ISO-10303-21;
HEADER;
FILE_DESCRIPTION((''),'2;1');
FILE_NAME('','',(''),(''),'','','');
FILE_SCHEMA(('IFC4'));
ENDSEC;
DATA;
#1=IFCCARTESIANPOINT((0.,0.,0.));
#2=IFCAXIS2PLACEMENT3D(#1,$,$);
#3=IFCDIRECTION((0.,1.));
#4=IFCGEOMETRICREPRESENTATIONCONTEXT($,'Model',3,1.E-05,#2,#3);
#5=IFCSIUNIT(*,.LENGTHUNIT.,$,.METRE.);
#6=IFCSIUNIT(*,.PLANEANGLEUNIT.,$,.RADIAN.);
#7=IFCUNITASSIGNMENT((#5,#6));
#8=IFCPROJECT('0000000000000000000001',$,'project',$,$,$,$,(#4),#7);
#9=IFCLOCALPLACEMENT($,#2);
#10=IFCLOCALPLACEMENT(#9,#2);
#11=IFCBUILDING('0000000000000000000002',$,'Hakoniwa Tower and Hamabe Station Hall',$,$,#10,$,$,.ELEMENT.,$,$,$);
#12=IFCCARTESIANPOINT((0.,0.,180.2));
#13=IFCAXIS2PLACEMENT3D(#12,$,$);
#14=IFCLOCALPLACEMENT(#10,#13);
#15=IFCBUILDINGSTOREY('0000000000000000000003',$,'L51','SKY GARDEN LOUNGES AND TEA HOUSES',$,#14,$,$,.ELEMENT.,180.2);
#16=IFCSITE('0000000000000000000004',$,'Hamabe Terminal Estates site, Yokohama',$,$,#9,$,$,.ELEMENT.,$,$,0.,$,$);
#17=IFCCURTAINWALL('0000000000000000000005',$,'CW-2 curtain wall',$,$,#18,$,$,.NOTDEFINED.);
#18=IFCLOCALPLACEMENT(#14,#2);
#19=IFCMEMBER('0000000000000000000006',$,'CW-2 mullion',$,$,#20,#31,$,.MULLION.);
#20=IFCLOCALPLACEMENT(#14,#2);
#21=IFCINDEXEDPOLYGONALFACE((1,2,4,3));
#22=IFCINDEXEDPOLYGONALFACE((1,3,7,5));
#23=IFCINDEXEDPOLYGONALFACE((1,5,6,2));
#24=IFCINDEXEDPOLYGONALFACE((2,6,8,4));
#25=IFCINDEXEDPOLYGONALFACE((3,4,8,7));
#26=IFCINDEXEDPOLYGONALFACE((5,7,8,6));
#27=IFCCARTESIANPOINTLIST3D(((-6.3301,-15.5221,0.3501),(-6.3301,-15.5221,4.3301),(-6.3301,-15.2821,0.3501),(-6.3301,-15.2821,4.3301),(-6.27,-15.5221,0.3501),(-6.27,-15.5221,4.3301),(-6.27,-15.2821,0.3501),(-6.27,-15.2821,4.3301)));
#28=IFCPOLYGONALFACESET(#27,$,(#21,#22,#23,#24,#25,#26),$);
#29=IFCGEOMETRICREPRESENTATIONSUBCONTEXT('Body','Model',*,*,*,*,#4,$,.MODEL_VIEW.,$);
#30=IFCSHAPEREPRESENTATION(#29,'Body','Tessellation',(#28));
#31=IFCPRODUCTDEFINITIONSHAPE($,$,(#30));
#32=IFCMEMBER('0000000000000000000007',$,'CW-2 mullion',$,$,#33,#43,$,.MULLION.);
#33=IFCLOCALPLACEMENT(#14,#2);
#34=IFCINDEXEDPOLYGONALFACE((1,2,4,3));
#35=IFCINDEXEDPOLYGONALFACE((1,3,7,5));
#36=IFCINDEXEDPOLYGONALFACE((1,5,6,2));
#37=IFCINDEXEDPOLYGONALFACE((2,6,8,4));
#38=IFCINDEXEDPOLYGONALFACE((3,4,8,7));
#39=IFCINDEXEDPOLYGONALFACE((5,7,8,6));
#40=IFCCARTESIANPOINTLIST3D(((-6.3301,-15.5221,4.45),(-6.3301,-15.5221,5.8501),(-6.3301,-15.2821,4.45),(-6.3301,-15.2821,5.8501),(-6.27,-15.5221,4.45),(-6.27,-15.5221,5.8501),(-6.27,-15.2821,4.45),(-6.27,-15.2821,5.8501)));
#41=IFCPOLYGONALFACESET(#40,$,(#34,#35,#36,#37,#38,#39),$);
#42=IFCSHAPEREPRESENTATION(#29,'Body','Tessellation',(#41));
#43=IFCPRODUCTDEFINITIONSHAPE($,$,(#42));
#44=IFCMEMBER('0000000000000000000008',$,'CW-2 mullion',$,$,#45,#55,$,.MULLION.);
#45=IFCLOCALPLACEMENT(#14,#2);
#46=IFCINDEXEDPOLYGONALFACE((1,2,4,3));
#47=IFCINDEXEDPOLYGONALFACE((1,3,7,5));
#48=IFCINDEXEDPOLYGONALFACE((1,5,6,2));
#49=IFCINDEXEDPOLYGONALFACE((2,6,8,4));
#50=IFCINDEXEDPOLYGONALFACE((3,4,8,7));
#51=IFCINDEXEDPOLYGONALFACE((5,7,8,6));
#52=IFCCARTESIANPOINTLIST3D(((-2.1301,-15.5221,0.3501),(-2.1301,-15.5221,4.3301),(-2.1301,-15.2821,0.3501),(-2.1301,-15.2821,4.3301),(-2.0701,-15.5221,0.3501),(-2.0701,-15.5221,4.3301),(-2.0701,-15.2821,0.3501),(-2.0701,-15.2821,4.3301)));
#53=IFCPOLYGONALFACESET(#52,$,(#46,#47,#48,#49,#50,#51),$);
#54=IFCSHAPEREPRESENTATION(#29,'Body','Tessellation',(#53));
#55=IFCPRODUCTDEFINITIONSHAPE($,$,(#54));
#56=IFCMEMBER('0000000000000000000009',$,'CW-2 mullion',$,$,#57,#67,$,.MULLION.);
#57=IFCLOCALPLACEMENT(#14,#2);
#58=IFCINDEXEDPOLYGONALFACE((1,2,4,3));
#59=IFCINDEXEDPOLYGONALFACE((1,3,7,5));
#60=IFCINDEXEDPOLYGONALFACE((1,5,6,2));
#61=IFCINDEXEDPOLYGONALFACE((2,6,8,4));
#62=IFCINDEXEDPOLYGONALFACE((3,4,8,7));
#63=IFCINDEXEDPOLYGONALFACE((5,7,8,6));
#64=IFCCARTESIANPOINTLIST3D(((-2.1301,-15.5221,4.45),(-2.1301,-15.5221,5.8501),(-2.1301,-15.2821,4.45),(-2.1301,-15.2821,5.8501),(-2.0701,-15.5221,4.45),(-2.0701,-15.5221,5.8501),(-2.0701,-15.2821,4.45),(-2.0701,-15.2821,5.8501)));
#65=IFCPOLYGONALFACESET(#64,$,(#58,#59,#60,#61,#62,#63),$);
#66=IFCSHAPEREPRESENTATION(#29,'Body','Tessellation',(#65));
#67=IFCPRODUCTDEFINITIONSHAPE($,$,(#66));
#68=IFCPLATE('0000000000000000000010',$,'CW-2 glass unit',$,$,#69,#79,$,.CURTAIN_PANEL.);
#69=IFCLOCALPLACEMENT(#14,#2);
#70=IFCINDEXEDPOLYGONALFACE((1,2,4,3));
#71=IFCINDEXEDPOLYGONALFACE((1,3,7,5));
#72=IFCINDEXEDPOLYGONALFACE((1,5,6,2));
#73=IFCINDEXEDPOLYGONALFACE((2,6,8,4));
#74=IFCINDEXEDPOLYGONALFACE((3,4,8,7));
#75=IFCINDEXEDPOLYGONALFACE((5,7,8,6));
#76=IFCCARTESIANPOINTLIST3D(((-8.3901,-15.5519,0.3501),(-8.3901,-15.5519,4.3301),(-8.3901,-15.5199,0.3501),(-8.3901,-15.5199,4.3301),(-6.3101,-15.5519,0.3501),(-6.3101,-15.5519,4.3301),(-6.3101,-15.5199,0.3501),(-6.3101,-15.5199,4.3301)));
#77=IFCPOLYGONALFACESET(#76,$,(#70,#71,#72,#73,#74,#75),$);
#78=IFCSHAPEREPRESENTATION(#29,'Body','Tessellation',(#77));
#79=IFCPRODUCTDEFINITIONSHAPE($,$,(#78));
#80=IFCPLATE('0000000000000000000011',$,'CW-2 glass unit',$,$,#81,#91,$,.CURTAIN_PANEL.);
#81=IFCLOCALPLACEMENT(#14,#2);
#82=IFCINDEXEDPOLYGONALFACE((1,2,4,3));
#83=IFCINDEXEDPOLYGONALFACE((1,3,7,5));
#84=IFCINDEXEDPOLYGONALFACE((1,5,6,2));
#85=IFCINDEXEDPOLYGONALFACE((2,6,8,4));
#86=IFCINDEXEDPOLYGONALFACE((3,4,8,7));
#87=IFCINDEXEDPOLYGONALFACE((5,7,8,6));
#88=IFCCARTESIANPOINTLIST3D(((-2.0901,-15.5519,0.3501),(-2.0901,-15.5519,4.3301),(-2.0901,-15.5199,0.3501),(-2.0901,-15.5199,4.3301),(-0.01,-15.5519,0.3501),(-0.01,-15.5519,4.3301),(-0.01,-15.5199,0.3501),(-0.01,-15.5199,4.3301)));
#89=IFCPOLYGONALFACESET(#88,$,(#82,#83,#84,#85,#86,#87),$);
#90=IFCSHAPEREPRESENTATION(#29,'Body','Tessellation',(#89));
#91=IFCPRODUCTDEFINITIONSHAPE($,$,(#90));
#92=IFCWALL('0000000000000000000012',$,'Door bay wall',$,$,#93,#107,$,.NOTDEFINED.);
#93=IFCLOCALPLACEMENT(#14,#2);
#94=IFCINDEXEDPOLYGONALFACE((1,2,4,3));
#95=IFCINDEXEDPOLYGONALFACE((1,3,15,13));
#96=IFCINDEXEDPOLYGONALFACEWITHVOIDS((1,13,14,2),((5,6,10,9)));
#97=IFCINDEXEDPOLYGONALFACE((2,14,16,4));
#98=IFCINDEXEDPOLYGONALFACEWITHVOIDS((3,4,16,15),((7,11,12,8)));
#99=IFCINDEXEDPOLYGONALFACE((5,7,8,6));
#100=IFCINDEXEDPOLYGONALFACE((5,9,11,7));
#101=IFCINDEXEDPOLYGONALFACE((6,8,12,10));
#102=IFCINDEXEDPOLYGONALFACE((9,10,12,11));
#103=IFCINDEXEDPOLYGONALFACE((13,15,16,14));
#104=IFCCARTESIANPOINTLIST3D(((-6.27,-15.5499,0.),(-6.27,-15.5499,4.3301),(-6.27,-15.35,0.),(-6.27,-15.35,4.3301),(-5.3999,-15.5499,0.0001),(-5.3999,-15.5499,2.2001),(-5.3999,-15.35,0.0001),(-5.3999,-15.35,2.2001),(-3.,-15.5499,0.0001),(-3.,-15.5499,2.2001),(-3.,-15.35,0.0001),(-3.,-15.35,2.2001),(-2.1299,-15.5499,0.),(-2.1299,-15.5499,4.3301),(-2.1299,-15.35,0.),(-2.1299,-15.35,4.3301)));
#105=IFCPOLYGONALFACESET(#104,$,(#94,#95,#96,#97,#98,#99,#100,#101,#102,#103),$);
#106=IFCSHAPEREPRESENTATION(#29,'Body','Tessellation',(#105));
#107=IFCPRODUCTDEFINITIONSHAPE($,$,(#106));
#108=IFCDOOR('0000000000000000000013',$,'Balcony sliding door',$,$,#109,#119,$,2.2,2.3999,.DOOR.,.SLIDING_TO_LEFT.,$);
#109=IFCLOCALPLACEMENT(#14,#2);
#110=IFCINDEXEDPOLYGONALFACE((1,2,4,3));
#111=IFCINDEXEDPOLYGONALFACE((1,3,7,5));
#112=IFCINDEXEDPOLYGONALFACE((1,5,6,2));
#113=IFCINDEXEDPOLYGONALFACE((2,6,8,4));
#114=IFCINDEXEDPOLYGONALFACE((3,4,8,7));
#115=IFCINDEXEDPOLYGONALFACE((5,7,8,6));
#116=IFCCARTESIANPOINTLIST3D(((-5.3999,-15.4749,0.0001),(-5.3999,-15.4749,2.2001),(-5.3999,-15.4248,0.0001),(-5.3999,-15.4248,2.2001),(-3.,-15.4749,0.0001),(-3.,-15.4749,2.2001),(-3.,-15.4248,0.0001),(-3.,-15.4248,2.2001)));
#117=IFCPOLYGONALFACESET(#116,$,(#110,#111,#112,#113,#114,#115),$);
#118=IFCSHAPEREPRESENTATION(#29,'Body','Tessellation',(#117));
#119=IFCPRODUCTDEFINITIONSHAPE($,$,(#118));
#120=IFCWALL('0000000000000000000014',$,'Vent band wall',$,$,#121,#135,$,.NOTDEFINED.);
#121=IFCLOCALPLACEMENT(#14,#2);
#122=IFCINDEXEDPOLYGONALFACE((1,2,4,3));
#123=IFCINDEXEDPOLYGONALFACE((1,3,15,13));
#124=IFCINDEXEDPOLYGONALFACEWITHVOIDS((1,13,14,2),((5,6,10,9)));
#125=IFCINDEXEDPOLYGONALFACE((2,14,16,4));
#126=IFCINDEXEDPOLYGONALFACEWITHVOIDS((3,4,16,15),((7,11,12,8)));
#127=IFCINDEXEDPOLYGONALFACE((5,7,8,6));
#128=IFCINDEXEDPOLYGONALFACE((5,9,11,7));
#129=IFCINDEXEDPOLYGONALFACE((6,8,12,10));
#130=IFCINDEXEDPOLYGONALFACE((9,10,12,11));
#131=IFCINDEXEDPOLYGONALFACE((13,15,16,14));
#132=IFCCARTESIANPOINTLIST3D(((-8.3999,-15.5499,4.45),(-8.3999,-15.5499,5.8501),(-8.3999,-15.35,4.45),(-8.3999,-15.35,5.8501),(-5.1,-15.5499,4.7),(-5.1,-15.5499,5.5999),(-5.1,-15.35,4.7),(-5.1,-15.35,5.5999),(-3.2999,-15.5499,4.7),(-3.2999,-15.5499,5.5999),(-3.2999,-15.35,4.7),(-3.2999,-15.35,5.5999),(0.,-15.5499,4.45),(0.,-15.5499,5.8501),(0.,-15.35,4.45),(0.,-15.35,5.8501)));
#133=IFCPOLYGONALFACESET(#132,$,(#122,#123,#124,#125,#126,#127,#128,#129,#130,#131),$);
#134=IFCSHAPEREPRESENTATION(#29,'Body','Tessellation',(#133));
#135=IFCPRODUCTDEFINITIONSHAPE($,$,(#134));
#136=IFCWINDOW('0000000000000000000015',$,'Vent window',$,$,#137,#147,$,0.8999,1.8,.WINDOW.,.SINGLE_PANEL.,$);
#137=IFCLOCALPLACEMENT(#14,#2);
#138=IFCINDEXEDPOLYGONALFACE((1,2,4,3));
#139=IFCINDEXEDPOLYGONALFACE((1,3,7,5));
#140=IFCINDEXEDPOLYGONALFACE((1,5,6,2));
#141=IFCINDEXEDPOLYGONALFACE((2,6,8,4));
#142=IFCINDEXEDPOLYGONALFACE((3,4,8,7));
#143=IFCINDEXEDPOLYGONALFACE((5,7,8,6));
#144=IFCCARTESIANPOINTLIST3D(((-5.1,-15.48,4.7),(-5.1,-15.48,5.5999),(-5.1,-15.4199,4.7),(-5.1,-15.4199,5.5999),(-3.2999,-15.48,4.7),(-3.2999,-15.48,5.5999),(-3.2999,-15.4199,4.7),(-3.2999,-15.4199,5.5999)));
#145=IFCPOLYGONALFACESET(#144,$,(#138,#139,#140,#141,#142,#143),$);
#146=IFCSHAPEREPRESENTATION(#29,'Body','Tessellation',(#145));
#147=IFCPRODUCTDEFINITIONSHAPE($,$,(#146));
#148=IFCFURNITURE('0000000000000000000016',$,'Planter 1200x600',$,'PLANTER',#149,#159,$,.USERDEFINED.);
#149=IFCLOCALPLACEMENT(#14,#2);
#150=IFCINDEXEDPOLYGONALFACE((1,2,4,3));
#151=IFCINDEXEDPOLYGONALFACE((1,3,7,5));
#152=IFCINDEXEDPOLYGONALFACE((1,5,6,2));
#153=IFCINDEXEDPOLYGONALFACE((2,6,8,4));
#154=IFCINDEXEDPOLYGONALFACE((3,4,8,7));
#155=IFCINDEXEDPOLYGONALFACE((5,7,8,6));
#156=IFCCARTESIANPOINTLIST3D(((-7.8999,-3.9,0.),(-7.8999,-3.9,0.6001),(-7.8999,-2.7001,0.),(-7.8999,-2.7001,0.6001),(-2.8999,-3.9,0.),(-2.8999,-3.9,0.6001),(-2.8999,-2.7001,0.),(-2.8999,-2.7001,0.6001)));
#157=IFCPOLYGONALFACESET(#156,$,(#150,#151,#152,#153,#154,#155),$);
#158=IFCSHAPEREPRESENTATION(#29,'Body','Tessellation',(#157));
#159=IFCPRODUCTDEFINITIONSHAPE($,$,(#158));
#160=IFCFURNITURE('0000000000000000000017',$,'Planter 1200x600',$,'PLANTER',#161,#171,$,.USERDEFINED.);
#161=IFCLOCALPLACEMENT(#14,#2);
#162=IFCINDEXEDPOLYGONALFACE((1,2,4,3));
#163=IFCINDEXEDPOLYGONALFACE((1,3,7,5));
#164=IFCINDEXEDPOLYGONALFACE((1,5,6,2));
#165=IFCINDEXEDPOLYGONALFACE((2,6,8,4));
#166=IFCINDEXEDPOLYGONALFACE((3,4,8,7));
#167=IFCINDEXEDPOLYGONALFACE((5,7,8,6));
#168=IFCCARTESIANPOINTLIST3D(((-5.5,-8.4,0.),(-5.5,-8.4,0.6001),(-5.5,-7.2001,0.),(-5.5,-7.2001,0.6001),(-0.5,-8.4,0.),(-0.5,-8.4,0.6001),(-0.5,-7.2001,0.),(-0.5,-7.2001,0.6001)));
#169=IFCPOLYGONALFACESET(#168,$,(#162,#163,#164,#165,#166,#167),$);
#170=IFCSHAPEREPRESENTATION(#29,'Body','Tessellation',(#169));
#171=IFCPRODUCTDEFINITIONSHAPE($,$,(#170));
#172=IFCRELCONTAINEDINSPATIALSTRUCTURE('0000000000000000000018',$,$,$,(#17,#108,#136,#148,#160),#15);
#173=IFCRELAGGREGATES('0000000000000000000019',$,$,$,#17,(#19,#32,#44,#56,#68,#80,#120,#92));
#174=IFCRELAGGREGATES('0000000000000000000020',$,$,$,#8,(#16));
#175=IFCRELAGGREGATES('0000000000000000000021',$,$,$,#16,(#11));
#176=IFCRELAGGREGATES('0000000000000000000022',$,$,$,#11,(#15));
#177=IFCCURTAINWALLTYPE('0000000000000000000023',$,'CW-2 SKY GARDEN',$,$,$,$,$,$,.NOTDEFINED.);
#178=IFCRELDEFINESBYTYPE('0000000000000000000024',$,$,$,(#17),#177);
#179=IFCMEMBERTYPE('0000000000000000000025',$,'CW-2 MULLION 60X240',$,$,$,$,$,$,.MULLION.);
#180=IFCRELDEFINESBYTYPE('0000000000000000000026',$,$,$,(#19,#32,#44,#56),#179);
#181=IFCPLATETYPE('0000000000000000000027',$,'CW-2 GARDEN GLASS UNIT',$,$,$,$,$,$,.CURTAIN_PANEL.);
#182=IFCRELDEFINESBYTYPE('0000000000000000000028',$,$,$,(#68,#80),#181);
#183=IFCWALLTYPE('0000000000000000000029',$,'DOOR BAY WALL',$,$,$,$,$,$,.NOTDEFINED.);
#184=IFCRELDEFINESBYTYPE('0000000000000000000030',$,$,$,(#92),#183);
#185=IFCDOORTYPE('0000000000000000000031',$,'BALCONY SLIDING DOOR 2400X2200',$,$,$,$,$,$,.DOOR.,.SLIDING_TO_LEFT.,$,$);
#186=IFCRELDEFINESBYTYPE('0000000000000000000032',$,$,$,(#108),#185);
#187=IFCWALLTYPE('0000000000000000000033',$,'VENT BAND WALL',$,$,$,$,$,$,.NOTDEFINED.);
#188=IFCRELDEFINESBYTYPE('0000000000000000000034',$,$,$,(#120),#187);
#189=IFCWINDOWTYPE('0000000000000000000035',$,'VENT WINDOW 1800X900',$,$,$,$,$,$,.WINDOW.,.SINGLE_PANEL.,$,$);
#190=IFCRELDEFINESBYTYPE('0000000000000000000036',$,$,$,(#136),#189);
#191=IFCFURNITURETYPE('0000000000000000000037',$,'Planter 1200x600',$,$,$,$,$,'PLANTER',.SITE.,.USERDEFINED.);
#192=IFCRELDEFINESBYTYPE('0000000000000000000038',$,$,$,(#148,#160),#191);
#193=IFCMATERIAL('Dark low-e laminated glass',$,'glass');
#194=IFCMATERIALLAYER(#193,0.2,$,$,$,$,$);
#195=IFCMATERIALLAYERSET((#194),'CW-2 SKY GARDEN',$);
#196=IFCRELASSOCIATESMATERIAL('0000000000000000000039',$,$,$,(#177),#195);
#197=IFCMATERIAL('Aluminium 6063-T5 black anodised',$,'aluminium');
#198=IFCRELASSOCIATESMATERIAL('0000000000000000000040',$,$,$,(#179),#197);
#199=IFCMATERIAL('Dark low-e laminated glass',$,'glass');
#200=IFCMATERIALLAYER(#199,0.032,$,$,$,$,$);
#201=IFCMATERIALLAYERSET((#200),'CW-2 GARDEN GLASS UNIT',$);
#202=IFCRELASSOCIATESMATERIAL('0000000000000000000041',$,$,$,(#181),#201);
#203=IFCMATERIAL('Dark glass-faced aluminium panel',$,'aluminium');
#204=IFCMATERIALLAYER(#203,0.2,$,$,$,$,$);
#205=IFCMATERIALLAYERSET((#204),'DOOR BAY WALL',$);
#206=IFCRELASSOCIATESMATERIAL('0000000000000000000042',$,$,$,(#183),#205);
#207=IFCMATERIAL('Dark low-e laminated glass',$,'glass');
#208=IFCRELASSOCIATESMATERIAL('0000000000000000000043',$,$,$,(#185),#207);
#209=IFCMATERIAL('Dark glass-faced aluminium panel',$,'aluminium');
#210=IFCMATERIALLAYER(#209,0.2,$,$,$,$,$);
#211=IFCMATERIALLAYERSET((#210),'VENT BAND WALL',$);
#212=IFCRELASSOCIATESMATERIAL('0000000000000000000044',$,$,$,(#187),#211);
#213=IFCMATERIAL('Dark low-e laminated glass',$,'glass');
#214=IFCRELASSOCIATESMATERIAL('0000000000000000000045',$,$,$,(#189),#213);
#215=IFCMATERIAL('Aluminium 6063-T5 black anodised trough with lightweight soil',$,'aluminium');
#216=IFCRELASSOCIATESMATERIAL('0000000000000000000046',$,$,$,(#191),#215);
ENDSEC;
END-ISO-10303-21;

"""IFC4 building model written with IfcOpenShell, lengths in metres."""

from ifc_helpers import new_model, si_unit, direction, frame, frame_2d, origin, origin_2d, place, context, subcontext, project, spatial, rectangle, extrude, material, layer, layer_set, material_profile, profile_set, type_object, element, fill, aggregate, save


model = new_model("IFC4")

# Units and contexts
model_context = context("Model", 3, precision=1e-05, world=origin(), true_north=direction((0.0, 1.0)))
body_context = subcontext(model_context, "Body", "Model", "MODEL_VIEW")
ifc_project = project(units=[si_unit("LENGTHUNIT", "METRE"), si_unit("PLANEANGLEUNIT", "RADIAN")], contexts=[model_context])

# Site, building, storey
site_placement = place(None, origin())
site = spatial("IfcSite", under=ifc_project, at=site_placement, Name="Hamabe Terminal Estates site, Yokohama", CompositionType="ELEMENT", RefElevation=0.0)
building_placement = place(site_placement, origin())
building = spatial("IfcBuilding", under=site, at=building_placement, Name="Hakoniwa Tower and Hamabe Station Hall", CompositionType="ELEMENT")
storey_placement = place(building_placement, frame((0.0, 0.0, 180.2)))
storey = spatial("IfcBuildingStorey", under=building, at=storey_placement, Name="L51", Description="SKY GARDEN LOUNGES AND TEA HOUSES", CompositionType="ELEMENT", Elevation=180.2)

# Curtain wall, members, plates, walls, openings, door, window
ifc_material_1 = material(Name="Dark low-e laminated glass", Category="glass")
ifc_layer_1 = layer(ifc_material_1, 0.2)
ifc_layer_set_1 = layer_set([ifc_layer_1], Name="CW-2 SKY GARDEN")
curtain_wall_type = type_object("IfcCurtainWallType", Name="CW-2 SKY GARDEN", PredefinedType="NOTDEFINED", material=ifc_layer_set_1)
curtain_wall_placement = place(storey_placement, origin())
curtain_wall = element("IfcCurtainWall", 1, at=curtain_wall_placement, inside=storey, type_object=curtain_wall_type, Name="CW-2 curtain wall", PredefinedType="NOTDEFINED")
ifc_material_2 = material(Name="Aluminium 6063-T5 black anodised", Category="aluminium")
ifc_material_profile_1 = material_profile(ifc_material_2, rectangle(XDim=0.0601, YDim=0.24, at=origin_2d()), Name="CW-2 MULLION 60X240")
ifc_profile_set_1 = profile_set([ifc_material_profile_1], Name="Aluminium 6063-T5 black anodised")
member_type_1 = type_object("IfcMemberType", Name="CW-2 MULLION 60X240", PredefinedType="MULLION", material=ifc_profile_set_1)
member_1_placement = place(storey_placement, frame((-6.3, -15.4021, 0.3501), z_axis=(0.0, 0.0, 1.0), x_axis=(1.0, 0.0, 0.0)))
member_1 = element("IfcMember", 2, at=member_1_placement, type_object=member_type_1, Name="CW-2 mullion", PredefinedType="MULLION", context=body_context, shape_type="SweptSolid", body=[
    extrude(rectangle(XDim=0.0601, YDim=0.24, at=origin_2d()), origin(), (0.0, 0.0, 1.0), 3.98),
])
member_2_placement = place(storey_placement, frame((-6.3, -15.4021, 4.45), z_axis=(0.0, 0.0, 1.0), x_axis=(1.0, 0.0, 0.0)))
member_2 = element("IfcMember", 3, at=member_2_placement, type_object=member_type_1, Name="CW-2 mullion", PredefinedType="MULLION", context=body_context, shape_type="SweptSolid", body=[
    extrude(rectangle(XDim=0.0601, YDim=0.24, at=origin_2d()), origin(), (0.0, 0.0, 1.0), 1.4001),
])
member_3_placement = place(storey_placement, frame((-2.1001, -15.4021, 0.3501), z_axis=(0.0, 0.0, 1.0), x_axis=(1.0, 0.0, 0.0)))
member_3 = element("IfcMember", 4, at=member_3_placement, type_object=member_type_1, Name="CW-2 mullion", PredefinedType="MULLION", context=body_context, shape_type="SweptSolid", body=[
    extrude(rectangle(XDim=0.0601, YDim=0.24, at=origin_2d()), origin(), (0.0, 0.0, 1.0), 3.98),
])
member_4_placement = place(storey_placement, frame((-2.1001, -15.4021, 4.45), z_axis=(0.0, 0.0, 1.0), x_axis=(1.0, 0.0, 0.0)))
member_4 = element("IfcMember", 5, at=member_4_placement, type_object=member_type_1, Name="CW-2 mullion", PredefinedType="MULLION", context=body_context, shape_type="SweptSolid", body=[
    extrude(rectangle(XDim=0.0601, YDim=0.24, at=origin_2d()), origin(), (0.0, 0.0, 1.0), 1.4001),
])
ifc_material_3 = material(Name="Dark low-e laminated glass", Category="glass")
ifc_layer_2 = layer(ifc_material_3, 0.032)
ifc_layer_set_2 = layer_set([ifc_layer_2], Name="CW-2 GARDEN GLASS UNIT")
plate_type = type_object("IfcPlateType", Name="CW-2 GARDEN GLASS UNIT", PredefinedType="CURTAIN_PANEL", material=ifc_layer_set_2)
plate_1_placement = place(storey_placement, frame((-7.3501, -15.5359, 0.3501), z_axis=(0.0, 0.0, 1.0), x_axis=(1.0, 0.0, 0.0)))
plate_1 = element("IfcPlate", 6, at=plate_1_placement, type_object=plate_type, Name="CW-2 glass unit", PredefinedType="CURTAIN_PANEL", context=body_context, shape_type="SweptSolid", body=[
    extrude(rectangle(XDim=2.0801, YDim=0.032, at=origin_2d()), origin(), (0.0, 0.0, 1.0), 3.98),
])
plate_2_placement = place(storey_placement, frame((-1.05, -15.5359, 0.3501), z_axis=(0.0, 0.0, 1.0), x_axis=(1.0, 0.0, 0.0)))
plate_2 = element("IfcPlate", 7, at=plate_2_placement, type_object=plate_type, Name="CW-2 glass unit", PredefinedType="CURTAIN_PANEL", context=body_context, shape_type="SweptSolid", body=[
    extrude(rectangle(XDim=2.0801, YDim=0.032, at=origin_2d()), origin(), (0.0, 0.0, 1.0), 3.98),
])
ifc_material_4 = material(Name="Dark glass-faced aluminium panel", Category="aluminium")
ifc_layer_3 = layer(ifc_material_4, 0.2)
ifc_layer_set_3 = layer_set([ifc_layer_3], Name="DOOR BAY WALL")
wall_type_1 = type_object("IfcWallType", Name="DOOR BAY WALL", PredefinedType="NOTDEFINED", material=ifc_layer_set_3)
wall_1_placement = place(storey_placement, frame((-6.27, -15.45, 0.0), z_axis=(0.0, 0.0, 1.0), x_axis=(1.0, 0.0, 0.0)))
wall_1 = element("IfcWall", 8, at=wall_1_placement, type_object=wall_type_1, Name="Door bay wall", PredefinedType="NOTDEFINED", context=body_context, shape_type="SweptSolid", body=[
    extrude(rectangle(XDim=4.1401, YDim=0.2, at=frame_2d((2.0701, 0.0))), origin(), (0.0, 0.0, 1.0), 4.3301),
])
opening_1_placement = place(wall_1_placement, frame((0.8701, 0.0, 0.0)))
opening_1 = element("IfcOpeningElement", 9, at=opening_1_placement, cuts=wall_1, PredefinedType="OPENING", context=body_context, shape_type="SweptSolid", body=[
    extrude(rectangle(XDim=2.3999, YDim=2.2, at=frame_2d((1.2, 1.1001))), frame((0.0, 0.1099, 0.0), z_axis=(0.0, -1.0, 0.0), x_axis=(1.0, 0.0, 0.0)), (0.0, 0.0, 1.0), 0.22),
])
ifc_material_5 = material(Name="Dark low-e laminated glass", Category="glass")
door_type = type_object("IfcDoorType", Name="BALCONY SLIDING DOOR 2400X2200", OperationType="SLIDING_TO_LEFT", PredefinedType="DOOR", material=ifc_material_5)
door_placement = place(opening_1_placement, frame((2.3999, 0.0, 0.0), z_axis=(0.0, 0.0, 1.0), x_axis=(-1.0, 0.0, 0.0)))
door = element("IfcDoor", 10, at=door_placement, inside=storey, type_object=door_type, Name="Balcony sliding door", OperationType="SLIDING_TO_LEFT", OverallHeight=2.2, OverallWidth=2.3999, PredefinedType="DOOR", context=body_context, shape_type="SweptSolid", body=[
    extrude(rectangle(XDim=2.3999, YDim=2.2, at=frame_2d((1.2, 1.1001))), frame((0.0, 0.0249, 0.0), z_axis=(0.0, -1.0, 0.0), x_axis=(1.0, 0.0, 0.0)), (0.0, 0.0, 1.0), 0.05),
])
fill(opening_1, door)
ifc_material_6 = material(Name="Dark glass-faced aluminium panel", Category="aluminium")
ifc_layer_4 = layer(ifc_material_6, 0.2)
ifc_layer_set_4 = layer_set([ifc_layer_4], Name="VENT BAND WALL")
wall_type_2 = type_object("IfcWallType", Name="VENT BAND WALL", PredefinedType="NOTDEFINED", material=ifc_layer_set_4)
wall_2_placement = place(storey_placement, frame((-8.3999, -15.45, 4.45), z_axis=(0.0, 0.0, 1.0), x_axis=(1.0, 0.0, 0.0)))
wall_2 = element("IfcWall", 11, at=wall_2_placement, type_object=wall_type_2, Name="Vent band wall", PredefinedType="NOTDEFINED", context=body_context, shape_type="SweptSolid", body=[
    extrude(rectangle(XDim=8.3999, YDim=0.2, at=frame_2d((4.2, 0.0))), origin(), (0.0, 0.0, 1.0), 1.4001),
])
opening_2_placement = place(wall_2_placement, frame((3.3, 0.0, 0.25)))
opening_2 = element("IfcOpeningElement", 12, at=opening_2_placement, cuts=wall_2, PredefinedType="OPENING", context=body_context, shape_type="SweptSolid", body=[
    extrude(rectangle(XDim=1.8, YDim=0.8999, at=frame_2d((0.8999, 0.45))), frame((0.0, 0.1099, 0.0), z_axis=(0.0, -1.0, 0.0), x_axis=(1.0, 0.0, 0.0)), (0.0, 0.0, 1.0), 0.22),
])
ifc_material_7 = material(Name="Dark low-e laminated glass", Category="glass")
window_type = type_object("IfcWindowType", Name="VENT WINDOW 1800X900", PartitioningType="SINGLE_PANEL", PredefinedType="WINDOW", material=ifc_material_7)
window_placement = place(opening_2_placement, origin())
window = element("IfcWindow", 13, at=window_placement, inside=storey, type_object=window_type, Name="Vent window", OverallHeight=0.8999, OverallWidth=1.8, PartitioningType="SINGLE_PANEL", PredefinedType="WINDOW", context=body_context, shape_type="SweptSolid", body=[
    extrude(rectangle(XDim=1.8, YDim=0.8999, at=frame_2d((0.8999, 0.45))), frame((0.0, 0.03, 0.0), z_axis=(0.0, -1.0, 0.0), x_axis=(1.0, 0.0, 0.0)), (0.0, 0.0, 1.0), 0.0601),
])
fill(opening_2, window)
aggregate(curtain_wall, [member_1, member_2, member_3, member_4, plate_1, plate_2, wall_2, wall_1])

# Furniture
ifc_material_8 = material(Name="Aluminium 6063-T5 black anodised trough with lightweight soil", Category="aluminium")
furniture_type_1 = type_object("IfcFurnitureType", Name="Planter 1200x600", ElementType="PLANTER", AssemblyPlace="SITE", PredefinedType="USERDEFINED", material=ifc_material_8)
for number, where, z_axis, x_axis, name in (
    (14, (-5.3999, -3.3, 0.0), (0.0, 0.0, 1.0), (1.0, 0.0, 0.0), "Planter 1200x600"),
    (15, (-3.0, -7.8, 0.0), (0.0, 0.0, 1.0), (1.0, 0.0, 0.0), "Planter 1200x600"),
):
    element("IfcFurniture", number, at=place(storey_placement, frame(where, z_axis=z_axis, x_axis=x_axis)), inside=storey, type_object=furniture_type_1, Name=name, ObjectType="PLANTER", PredefinedType="USERDEFINED", context=body_context, shape_type="SweptSolid", body=[
        extrude(rectangle(XDim=5.0, YDim=1.2, at=origin_2d()), origin(), (0.0, 0.0, 1.0), 0.6001),
    ])

save(model, "model.ifc")
